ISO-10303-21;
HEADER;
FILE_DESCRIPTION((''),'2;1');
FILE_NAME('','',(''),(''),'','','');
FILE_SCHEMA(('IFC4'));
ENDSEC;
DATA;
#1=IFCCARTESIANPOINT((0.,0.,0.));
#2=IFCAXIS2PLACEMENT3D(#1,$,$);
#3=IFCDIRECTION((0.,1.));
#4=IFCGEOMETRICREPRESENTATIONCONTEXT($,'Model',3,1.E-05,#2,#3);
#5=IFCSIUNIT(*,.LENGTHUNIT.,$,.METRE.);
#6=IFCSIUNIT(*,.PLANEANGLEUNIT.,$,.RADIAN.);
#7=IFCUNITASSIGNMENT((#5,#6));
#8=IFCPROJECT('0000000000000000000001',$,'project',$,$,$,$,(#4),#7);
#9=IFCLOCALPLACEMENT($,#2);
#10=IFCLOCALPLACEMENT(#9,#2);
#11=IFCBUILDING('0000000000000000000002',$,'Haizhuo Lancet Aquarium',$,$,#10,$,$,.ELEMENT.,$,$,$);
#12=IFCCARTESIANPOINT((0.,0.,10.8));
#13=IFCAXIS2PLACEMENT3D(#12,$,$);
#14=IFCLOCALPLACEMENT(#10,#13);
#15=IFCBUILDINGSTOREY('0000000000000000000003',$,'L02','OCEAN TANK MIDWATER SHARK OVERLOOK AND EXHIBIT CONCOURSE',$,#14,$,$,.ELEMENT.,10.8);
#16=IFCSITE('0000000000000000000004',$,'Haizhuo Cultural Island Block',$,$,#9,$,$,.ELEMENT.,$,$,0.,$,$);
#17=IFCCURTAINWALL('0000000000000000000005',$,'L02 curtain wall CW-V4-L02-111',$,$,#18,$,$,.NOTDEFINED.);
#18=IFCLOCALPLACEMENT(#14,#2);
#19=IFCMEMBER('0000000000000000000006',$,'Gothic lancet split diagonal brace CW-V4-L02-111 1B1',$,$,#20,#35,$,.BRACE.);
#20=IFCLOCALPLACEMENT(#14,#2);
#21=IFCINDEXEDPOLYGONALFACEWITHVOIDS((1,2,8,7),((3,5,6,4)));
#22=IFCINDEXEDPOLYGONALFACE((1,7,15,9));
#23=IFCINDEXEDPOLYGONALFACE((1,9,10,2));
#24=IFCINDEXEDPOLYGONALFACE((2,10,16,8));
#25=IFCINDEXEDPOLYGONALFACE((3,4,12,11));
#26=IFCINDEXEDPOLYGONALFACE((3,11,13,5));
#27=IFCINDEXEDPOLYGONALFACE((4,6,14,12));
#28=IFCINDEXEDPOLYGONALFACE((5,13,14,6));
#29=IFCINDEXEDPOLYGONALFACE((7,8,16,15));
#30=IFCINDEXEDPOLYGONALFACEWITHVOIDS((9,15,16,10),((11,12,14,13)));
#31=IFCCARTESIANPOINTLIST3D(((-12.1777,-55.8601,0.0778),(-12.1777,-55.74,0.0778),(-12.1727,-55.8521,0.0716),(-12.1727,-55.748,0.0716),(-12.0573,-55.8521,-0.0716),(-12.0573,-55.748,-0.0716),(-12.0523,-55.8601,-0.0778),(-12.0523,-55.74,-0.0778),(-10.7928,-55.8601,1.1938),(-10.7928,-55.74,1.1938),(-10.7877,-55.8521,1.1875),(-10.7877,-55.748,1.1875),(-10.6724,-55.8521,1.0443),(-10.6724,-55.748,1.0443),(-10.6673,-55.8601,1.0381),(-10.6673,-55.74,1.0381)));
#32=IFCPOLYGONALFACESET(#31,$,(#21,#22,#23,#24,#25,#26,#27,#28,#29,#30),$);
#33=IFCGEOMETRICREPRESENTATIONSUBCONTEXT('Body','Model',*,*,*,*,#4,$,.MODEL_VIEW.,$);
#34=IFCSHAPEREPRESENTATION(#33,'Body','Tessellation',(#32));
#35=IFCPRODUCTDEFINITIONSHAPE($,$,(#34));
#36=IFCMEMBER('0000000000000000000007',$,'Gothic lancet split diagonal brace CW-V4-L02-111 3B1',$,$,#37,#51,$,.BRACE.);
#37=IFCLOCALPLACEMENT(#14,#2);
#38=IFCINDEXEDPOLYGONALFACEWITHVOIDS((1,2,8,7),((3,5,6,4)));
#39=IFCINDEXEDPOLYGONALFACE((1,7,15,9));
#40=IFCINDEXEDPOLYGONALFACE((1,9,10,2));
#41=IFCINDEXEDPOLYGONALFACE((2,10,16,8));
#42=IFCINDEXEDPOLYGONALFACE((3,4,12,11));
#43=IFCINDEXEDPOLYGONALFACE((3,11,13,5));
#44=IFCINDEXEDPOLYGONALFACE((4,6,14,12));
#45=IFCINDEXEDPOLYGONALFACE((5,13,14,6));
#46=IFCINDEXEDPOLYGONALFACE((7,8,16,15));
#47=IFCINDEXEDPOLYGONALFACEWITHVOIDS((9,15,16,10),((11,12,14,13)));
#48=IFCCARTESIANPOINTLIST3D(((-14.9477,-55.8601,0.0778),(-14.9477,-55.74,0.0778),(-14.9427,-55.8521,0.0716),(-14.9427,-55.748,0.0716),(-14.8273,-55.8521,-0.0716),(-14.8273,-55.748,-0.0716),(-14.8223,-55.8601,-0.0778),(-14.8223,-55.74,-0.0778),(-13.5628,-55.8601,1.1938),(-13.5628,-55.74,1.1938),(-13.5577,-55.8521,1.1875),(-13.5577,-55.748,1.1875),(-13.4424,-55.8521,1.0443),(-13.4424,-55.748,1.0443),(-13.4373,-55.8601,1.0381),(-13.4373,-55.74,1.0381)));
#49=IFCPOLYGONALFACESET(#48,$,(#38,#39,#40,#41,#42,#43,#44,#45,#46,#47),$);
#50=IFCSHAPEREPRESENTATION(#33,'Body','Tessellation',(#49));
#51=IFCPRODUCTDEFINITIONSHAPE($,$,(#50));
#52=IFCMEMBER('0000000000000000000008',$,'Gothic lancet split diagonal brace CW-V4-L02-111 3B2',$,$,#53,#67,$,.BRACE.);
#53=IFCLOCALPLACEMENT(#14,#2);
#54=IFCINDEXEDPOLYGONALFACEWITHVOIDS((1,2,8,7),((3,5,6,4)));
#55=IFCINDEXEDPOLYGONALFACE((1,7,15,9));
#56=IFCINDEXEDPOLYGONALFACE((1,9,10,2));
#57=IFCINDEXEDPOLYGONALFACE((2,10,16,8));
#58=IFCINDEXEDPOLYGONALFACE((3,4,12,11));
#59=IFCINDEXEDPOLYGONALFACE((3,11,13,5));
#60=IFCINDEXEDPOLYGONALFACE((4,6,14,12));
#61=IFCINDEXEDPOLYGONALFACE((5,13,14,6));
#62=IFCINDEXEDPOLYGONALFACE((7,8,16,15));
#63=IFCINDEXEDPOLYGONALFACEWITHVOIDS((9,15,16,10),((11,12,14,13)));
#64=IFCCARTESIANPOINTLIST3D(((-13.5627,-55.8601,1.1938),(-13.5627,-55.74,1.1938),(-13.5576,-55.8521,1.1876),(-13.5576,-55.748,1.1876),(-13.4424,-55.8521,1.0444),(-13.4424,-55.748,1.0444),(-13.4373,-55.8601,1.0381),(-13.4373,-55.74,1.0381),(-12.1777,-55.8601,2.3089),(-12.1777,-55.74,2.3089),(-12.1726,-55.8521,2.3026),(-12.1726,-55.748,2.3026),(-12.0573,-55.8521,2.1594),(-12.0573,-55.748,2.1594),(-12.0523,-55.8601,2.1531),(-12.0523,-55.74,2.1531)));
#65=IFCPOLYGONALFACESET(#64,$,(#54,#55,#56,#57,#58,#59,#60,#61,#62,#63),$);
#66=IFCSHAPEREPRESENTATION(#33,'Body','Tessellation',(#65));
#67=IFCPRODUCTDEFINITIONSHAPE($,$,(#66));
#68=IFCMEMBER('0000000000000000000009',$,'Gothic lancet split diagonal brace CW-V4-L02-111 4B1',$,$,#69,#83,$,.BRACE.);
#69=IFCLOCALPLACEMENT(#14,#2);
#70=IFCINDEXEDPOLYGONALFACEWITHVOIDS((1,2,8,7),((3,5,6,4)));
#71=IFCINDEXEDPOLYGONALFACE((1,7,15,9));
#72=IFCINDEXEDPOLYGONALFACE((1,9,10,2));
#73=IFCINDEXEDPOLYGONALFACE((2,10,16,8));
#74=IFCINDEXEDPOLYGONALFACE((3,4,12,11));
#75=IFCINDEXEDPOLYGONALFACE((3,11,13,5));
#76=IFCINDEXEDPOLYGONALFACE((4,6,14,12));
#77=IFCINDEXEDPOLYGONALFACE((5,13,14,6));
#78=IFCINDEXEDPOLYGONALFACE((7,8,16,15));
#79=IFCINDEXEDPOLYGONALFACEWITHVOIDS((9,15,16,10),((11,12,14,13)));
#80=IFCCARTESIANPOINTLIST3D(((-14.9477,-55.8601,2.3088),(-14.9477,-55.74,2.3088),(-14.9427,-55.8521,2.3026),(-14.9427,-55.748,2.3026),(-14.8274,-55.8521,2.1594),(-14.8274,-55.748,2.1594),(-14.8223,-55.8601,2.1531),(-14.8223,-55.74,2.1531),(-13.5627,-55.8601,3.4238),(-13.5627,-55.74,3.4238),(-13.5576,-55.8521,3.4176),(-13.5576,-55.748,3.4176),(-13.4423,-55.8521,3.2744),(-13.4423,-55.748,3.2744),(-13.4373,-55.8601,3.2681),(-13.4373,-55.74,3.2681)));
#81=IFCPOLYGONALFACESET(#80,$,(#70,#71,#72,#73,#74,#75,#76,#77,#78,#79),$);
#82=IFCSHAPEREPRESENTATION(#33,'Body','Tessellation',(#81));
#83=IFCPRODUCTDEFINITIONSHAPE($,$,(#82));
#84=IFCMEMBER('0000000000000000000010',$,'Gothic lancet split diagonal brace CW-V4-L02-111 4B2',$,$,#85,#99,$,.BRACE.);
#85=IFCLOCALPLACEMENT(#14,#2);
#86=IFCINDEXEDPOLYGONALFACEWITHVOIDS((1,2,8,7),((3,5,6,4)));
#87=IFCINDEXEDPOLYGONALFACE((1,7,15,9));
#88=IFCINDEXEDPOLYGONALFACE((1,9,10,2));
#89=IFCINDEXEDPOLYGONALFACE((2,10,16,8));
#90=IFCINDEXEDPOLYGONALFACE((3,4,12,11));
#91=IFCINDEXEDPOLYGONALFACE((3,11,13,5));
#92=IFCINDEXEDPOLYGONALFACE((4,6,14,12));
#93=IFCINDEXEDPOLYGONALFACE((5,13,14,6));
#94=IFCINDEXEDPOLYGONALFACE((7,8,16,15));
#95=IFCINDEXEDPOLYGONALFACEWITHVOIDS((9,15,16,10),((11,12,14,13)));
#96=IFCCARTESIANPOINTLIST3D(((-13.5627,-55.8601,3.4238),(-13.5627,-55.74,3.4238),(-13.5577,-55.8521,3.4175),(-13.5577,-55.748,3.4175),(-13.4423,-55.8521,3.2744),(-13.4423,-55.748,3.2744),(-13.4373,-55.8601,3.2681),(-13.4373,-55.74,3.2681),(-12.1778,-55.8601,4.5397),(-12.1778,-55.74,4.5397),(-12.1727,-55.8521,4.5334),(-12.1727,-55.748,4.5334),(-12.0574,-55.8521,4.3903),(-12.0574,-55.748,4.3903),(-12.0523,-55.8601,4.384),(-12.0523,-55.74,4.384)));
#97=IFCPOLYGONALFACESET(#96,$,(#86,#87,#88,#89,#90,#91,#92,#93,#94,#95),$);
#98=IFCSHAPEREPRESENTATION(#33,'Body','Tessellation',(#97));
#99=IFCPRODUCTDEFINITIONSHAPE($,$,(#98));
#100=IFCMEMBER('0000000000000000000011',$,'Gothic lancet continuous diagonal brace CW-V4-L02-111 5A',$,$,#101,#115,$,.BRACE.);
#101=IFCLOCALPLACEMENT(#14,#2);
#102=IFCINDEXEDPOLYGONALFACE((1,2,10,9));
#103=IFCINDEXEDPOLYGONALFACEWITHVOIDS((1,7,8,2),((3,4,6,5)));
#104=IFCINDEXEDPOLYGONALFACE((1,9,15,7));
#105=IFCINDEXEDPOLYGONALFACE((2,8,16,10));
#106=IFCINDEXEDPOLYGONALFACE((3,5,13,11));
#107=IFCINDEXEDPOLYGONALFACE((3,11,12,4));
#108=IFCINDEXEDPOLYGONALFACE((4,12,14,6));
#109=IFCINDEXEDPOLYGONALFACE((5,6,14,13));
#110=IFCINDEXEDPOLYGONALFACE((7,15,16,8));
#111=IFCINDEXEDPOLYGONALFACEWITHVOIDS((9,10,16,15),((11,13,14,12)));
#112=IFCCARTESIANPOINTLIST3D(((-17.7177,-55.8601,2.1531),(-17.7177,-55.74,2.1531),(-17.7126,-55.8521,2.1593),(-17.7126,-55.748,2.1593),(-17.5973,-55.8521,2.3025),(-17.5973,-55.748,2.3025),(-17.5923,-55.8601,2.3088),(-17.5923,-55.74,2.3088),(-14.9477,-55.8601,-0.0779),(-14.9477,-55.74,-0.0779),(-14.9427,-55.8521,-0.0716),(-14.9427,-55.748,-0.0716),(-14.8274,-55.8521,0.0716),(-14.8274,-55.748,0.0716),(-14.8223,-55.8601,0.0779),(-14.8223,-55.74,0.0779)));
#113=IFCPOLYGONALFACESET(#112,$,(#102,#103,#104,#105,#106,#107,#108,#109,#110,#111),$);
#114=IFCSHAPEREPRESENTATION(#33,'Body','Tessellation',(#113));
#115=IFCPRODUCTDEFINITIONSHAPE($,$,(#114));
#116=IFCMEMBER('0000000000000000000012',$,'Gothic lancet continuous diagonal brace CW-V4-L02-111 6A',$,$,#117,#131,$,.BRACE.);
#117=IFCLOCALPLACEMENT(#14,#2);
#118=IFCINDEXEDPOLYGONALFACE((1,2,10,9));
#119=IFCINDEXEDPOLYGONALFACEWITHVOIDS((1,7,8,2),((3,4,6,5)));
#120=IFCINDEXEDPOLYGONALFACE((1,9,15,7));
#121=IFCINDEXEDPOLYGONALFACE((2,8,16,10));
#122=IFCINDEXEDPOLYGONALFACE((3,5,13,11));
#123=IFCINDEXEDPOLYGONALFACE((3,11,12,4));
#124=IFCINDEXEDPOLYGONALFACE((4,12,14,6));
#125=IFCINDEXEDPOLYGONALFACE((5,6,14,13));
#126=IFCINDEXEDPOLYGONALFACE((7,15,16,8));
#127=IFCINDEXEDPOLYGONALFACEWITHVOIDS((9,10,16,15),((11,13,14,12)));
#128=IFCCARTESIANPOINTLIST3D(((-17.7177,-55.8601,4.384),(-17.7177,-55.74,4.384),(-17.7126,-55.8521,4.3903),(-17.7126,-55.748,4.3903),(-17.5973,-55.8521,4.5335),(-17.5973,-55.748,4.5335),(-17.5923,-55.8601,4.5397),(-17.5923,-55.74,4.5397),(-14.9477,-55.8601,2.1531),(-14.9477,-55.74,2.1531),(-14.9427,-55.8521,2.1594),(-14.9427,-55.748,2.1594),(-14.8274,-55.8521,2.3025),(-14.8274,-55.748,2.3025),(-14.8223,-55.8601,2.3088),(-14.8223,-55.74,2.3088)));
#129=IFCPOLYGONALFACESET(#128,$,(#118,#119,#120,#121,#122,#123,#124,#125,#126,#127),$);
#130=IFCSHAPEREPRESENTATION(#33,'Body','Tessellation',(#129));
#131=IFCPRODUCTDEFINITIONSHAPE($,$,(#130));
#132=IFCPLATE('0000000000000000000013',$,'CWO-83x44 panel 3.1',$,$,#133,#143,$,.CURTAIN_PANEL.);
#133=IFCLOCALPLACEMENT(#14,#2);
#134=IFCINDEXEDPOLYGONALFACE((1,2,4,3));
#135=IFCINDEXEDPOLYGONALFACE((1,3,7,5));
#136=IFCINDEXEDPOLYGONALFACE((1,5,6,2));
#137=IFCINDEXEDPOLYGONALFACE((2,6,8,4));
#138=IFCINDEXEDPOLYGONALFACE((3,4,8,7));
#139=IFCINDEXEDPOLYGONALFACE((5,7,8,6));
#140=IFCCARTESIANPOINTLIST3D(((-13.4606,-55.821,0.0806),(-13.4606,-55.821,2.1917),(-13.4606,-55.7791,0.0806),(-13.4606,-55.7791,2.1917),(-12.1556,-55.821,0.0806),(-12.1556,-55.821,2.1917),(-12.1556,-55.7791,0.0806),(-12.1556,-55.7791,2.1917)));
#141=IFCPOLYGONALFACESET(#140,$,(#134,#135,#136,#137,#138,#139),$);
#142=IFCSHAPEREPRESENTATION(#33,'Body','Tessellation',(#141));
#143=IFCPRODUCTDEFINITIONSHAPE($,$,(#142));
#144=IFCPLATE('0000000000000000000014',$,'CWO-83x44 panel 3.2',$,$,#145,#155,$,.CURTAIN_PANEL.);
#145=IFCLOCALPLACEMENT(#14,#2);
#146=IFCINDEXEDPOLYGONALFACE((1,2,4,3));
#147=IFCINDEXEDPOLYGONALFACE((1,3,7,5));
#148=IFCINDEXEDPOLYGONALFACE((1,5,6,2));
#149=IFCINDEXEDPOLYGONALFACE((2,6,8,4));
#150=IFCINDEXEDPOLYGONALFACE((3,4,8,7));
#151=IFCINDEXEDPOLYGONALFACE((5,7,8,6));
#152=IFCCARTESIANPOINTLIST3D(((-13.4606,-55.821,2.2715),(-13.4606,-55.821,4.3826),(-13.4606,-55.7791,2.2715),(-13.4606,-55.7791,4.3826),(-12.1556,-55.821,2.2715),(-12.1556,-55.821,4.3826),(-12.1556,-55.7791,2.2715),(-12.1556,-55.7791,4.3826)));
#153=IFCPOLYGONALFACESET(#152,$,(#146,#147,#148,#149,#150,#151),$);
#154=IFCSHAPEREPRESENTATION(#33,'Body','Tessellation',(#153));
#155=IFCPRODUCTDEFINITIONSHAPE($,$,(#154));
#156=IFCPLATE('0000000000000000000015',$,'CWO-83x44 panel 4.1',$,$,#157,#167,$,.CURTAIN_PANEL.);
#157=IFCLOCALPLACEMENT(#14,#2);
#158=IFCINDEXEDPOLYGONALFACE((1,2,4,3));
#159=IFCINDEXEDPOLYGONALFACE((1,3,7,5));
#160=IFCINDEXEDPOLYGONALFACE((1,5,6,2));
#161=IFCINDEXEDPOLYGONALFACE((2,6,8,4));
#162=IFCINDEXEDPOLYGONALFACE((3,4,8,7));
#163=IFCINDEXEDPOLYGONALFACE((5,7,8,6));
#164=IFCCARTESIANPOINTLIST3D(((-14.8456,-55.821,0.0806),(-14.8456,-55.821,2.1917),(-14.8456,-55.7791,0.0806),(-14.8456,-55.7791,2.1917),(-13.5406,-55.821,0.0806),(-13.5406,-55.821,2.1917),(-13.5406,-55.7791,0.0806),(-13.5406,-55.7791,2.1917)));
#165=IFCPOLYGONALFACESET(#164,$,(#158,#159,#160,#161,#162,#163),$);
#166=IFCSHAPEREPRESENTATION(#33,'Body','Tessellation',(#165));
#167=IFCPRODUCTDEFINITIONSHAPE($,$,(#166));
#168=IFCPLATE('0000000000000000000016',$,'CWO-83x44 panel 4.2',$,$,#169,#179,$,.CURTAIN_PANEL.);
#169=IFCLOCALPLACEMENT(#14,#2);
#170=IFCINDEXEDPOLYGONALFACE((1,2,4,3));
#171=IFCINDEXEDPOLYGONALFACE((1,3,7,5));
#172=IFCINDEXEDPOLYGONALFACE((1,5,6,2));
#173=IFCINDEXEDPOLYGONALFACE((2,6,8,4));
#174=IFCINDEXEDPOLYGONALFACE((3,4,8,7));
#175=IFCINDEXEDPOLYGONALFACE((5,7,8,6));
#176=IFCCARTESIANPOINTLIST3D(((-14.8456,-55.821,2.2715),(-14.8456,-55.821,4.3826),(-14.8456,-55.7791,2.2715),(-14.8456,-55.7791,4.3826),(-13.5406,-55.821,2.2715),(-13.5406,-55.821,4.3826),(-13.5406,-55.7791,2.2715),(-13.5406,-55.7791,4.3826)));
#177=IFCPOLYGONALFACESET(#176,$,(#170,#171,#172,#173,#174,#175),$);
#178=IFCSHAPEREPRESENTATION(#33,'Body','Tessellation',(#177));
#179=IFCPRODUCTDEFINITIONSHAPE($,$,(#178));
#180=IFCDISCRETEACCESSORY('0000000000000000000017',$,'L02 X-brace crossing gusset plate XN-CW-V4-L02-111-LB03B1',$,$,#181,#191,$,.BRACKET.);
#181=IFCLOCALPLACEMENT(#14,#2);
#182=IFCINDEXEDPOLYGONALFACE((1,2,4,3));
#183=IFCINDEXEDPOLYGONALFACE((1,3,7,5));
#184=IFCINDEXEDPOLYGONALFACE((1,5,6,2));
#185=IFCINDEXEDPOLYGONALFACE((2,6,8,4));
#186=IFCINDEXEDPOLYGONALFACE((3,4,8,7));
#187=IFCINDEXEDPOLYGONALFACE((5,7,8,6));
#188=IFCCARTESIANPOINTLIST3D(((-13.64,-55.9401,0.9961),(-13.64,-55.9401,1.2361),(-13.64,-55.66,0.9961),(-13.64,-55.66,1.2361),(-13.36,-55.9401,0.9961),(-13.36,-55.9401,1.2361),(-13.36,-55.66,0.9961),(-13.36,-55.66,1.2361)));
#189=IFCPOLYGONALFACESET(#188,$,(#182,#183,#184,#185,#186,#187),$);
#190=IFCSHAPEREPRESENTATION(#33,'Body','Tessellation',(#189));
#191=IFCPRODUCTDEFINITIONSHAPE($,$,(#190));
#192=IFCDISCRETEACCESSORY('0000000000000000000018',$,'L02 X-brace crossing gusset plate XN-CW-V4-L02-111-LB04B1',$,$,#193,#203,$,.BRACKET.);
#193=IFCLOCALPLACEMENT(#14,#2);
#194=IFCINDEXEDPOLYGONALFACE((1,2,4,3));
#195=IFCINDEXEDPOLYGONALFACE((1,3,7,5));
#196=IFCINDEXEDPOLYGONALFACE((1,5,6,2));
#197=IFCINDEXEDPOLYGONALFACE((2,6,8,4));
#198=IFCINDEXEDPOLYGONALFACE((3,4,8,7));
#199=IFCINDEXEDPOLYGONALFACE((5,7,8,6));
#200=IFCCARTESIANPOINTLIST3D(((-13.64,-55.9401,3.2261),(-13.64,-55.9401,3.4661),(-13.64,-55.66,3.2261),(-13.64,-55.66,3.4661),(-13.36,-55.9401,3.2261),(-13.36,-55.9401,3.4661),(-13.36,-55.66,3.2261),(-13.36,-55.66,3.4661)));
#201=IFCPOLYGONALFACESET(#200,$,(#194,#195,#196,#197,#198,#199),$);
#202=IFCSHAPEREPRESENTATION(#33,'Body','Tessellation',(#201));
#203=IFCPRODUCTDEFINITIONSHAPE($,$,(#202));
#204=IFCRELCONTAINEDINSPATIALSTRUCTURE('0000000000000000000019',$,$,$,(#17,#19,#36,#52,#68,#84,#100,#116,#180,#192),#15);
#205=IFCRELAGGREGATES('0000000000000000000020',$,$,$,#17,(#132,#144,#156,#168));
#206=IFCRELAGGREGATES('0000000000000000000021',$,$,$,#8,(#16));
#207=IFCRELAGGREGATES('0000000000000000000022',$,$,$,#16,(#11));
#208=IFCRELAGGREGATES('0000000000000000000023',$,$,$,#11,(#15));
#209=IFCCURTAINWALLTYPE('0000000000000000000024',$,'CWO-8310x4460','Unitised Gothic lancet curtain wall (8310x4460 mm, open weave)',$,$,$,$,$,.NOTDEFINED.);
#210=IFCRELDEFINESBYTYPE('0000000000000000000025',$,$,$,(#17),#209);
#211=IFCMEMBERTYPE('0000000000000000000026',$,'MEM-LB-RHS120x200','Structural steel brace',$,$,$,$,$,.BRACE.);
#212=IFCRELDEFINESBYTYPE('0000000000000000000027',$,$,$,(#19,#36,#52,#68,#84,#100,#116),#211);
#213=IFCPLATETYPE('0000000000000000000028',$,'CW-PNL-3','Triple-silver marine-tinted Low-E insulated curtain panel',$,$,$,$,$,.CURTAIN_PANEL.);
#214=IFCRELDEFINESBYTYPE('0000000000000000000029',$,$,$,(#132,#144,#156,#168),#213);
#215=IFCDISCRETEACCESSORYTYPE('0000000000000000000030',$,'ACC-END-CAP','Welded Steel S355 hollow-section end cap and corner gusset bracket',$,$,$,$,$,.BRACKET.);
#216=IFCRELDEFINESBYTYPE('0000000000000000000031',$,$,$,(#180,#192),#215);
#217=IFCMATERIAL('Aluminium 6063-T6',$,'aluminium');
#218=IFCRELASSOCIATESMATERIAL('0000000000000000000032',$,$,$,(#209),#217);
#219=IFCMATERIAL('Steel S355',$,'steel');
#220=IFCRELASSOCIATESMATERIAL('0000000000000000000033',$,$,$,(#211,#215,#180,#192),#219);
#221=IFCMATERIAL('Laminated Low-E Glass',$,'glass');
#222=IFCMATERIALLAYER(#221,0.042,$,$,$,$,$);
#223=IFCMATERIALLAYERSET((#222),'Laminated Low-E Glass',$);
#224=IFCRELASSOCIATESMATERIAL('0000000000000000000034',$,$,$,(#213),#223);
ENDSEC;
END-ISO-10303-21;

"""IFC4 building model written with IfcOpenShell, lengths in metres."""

from ifc_helpers import new_model, si_unit, direction, frame, origin, origin_2d, place, context, subcontext, project, spatial, rectangle, hollow_rectangle, extrude, material, layer, layer_set, material_profile, profile_set, type_object, element, aggregate, save


model = new_model("IFC4")

# Units and contexts
model_context = context("Model", 3, precision=1e-05, world=origin(), true_north=direction((0.0, 1.0)))
body_context = subcontext(model_context, "Body", "Model", "MODEL_VIEW")
ifc_project = project(units=[si_unit("LENGTHUNIT", "METRE"), si_unit("PLANEANGLEUNIT", "RADIAN")], contexts=[model_context])

# Site, building, storey
site_placement = place(None, origin())
site = spatial("IfcSite", under=ifc_project, at=site_placement, Name="Haizhuo Cultural Island Block", CompositionType="ELEMENT", RefElevation=0.0)
building_placement = place(site_placement, origin())
building = spatial("IfcBuilding", under=site, at=building_placement, Name="Haizhuo Lancet Aquarium", CompositionType="ELEMENT")
storey_placement = place(building_placement, frame((0.0, 0.0, 10.8)))
storey = spatial("IfcBuildingStorey", under=building, at=storey_placement, Name="L02", Description="OCEAN TANK MIDWATER SHARK OVERLOOK AND EXHIBIT CONCOURSE", CompositionType="ELEMENT", Elevation=10.8)

# Curtain wall
ifc_material_1 = material(Name="Aluminium 6063-T6", Category="aluminium")
curtain_wall_type = type_object("IfcCurtainWallType", Name="CWO-8310x4460", Description="Unitised Gothic lancet curtain wall (8310x4460 mm, open weave)", PredefinedType="NOTDEFINED", material=ifc_material_1)
curtain_wall_placement = place(storey_placement, origin())
curtain_wall = element("IfcCurtainWall", 1, at=curtain_wall_placement, inside=storey, type_object=curtain_wall_type, Name="L02 curtain wall CW-V4-L02-111", PredefinedType="NOTDEFINED")

# Members
ifc_material_2 = material(Name="Steel S355", Category="steel")
ifc_material_profile_1 = material_profile(ifc_material_2, hollow_rectangle(XDim=0.1201, YDim=0.2, WallThickness=0.0081, at=origin_2d()), Name="RHS 120x200x8")
ifc_profile_set_1 = profile_set([ifc_material_profile_1], Name="Steel S355")
member_type_1 = type_object("IfcMemberType", Name="MEM-LB-RHS120x200", Description="Structural steel brace", PredefinedType="BRACE", material=ifc_profile_set_1)
for number, where, z_axis, x_axis, name in (
    (2, (-12.115, -55.8, 0.0), (0.778681, 0.0, 0.62742), (0.0, 1.0, 0.0), "Gothic lancet split diagonal brace CW-V4-L02-111 1B1"),
    (3, (-14.885, -55.8, 0.0), (0.778681, 0.0, 0.62742), (0.0, 1.0, 0.0), "Gothic lancet split diagonal brace CW-V4-L02-111 3B1"),
):
    element("IfcMember", number, at=place(storey_placement, frame(where, z_axis=z_axis, x_axis=x_axis)), inside=storey, type_object=member_type_1, Name=name, PredefinedType="BRACE", context=body_context, shape_type="SweptSolid", body=[
        extrude(hollow_rectangle(XDim=0.1201, YDim=0.2, WallThickness=0.0081, at=origin_2d()), origin(), (0.0, 0.0, 1.0), 1.7786),
    ])
for number, where, z_axis, x_axis, name in (
    (4, (-13.5, -55.8, 1.116), (0.77895, 0.0, 0.627087), (0.0, 1.0, 0.0), "Gothic lancet split diagonal brace CW-V4-L02-111 3B2"),
    (5, (-14.885, -55.8, 2.231), (0.77895, 0.0, 0.627087), (0.0, 1.0, 0.0), "Gothic lancet split diagonal brace CW-V4-L02-111 4B1"),
):
    element("IfcMember", number, at=place(storey_placement, frame(where, z_axis=z_axis, x_axis=x_axis)), inside=storey, type_object=member_type_1, Name=name, PredefinedType="BRACE", context=body_context, shape_type="SweptSolid", body=[
        extrude(hollow_rectangle(XDim=0.1201, YDim=0.2, WallThickness=0.0081, at=origin_2d()), origin(), (0.0, 0.0, 1.0), 1.7781),
    ])
member_1_placement = place(storey_placement, frame((-13.5, -55.8, 3.3459), z_axis=(0.778681, 0.0, 0.62742), x_axis=(0.0, 1.0, 0.0)))
element("IfcMember", 6, at=member_1_placement, inside=storey, type_object=member_type_1, Name="Gothic lancet split diagonal brace CW-V4-L02-111 4B2", PredefinedType="BRACE", context=body_context, shape_type="SweptSolid", body=[
    extrude(hollow_rectangle(XDim=0.1201, YDim=0.2, WallThickness=0.0081, at=origin_2d()), origin(), (0.0, 0.0, 1.0), 1.7786),
])
for number, where, z_axis, x_axis, name in (
    (7, (-14.885, -55.8, 0.0), (-0.778815, 0.0, 0.627253), (0.0, -1.0, 0.0), "Gothic lancet continuous diagonal brace CW-V4-L02-111 5A"),
    (8, (-14.885, -55.8, 2.231), (-0.778815, 0.0, 0.627253), (0.0, -1.0, 0.0), "Gothic lancet continuous diagonal brace CW-V4-L02-111 6A"),
):
    element("IfcMember", number, at=place(storey_placement, frame(where, z_axis=z_axis, x_axis=x_axis)), inside=storey, type_object=member_type_1, Name=name, PredefinedType="BRACE", context=body_context, shape_type="SweptSolid", body=[
        extrude(hollow_rectangle(XDim=0.1201, YDim=0.2, WallThickness=0.0081, at=origin_2d()), origin(), (0.0, 0.0, 1.0), 3.5566),
    ])

# Plates
ifc_material_3 = material(Name="Laminated Low-E Glass", Category="glass")
ifc_layer = layer(ifc_material_3, 0.042)
ifc_layer_set = layer_set([ifc_layer], Name="Laminated Low-E Glass")
plate_type = type_object("IfcPlateType", Name="CW-PNL-3", Description="Triple-silver marine-tinted Low-E insulated curtain panel", PredefinedType="CURTAIN_PANEL", material=ifc_layer_set)
plate_1_placement = place(storey_placement, frame((-12.8081, -55.8, 0.0806), z_axis=(0.0, 0.0, 1.0), x_axis=(-1.0, 0.0, 0.0)))
plate_1 = element("IfcPlate", 9, at=plate_1_placement, type_object=plate_type, Name="CWO-83x44 panel 3.1", PredefinedType="CURTAIN_PANEL", context=body_context, shape_type="SweptSolid", body=[
    extrude(rectangle(XDim=1.3049, YDim=0.042, at=origin_2d()), origin(), (0.0, 0.0, 1.0), 2.1111),
])
plate_2_placement = place(storey_placement, frame((-12.8081, -55.8, 2.2715), z_axis=(0.0, 0.0, 1.0), x_axis=(-1.0, 0.0, 0.0)))
plate_2 = element("IfcPlate", 10, at=plate_2_placement, type_object=plate_type, Name="CWO-83x44 panel 3.2", PredefinedType="CURTAIN_PANEL", context=body_context, shape_type="SweptSolid", body=[
    extrude(rectangle(XDim=1.3049, YDim=0.042, at=origin_2d()), origin(), (0.0, 0.0, 1.0), 2.1111),
])
plate_3_placement = place(storey_placement, frame((-14.1931, -55.8, 0.0806), z_axis=(0.0, 0.0, 1.0), x_axis=(-1.0, 0.0, 0.0)))
plate_3 = element("IfcPlate", 11, at=plate_3_placement, type_object=plate_type, Name="CWO-83x44 panel 4.1", PredefinedType="CURTAIN_PANEL", context=body_context, shape_type="SweptSolid", body=[
    extrude(rectangle(XDim=1.3049, YDim=0.042, at=origin_2d()), origin(), (0.0, 0.0, 1.0), 2.1111),
])
plate_4_placement = place(storey_placement, frame((-14.1931, -55.8, 2.2715), z_axis=(0.0, 0.0, 1.0), x_axis=(-1.0, 0.0, 0.0)))
plate_4 = element("IfcPlate", 12, at=plate_4_placement, type_object=plate_type, Name="CWO-83x44 panel 4.2", PredefinedType="CURTAIN_PANEL", context=body_context, shape_type="SweptSolid", body=[
    extrude(rectangle(XDim=1.3049, YDim=0.042, at=origin_2d()), origin(), (0.0, 0.0, 1.0), 2.1111),
])
aggregate(curtain_wall, [plate_1, plate_2, plate_3, plate_4])

# Discrete accessories
discrete_accessory_type = type_object("IfcDiscreteAccessoryType", Name="ACC-END-CAP", Description="Welded Steel S355 hollow-section end cap and corner gusset bracket", PredefinedType="BRACKET", material=ifc_material_2)
for number, where, z_axis, x_axis, name in (
    (13, (-13.5, -55.8, 0.9961), (0.0, 0.0, 1.0), (1.0, 0.0, 0.0), "L02 X-brace crossing gusset plate XN-CW-V4-L02-111-LB03B1"),
    (14, (-13.5, -55.8, 3.2261), (0.0, 0.0, 1.0), (1.0, 0.0, 0.0), "L02 X-brace crossing gusset plate XN-CW-V4-L02-111-LB04B1"),
):
    element("IfcDiscreteAccessory", number, at=place(storey_placement, frame(where, z_axis=z_axis, x_axis=x_axis)), inside=storey, type_object=discrete_accessory_type, material=ifc_material_2, Name=name, PredefinedType="BRACKET", context=body_context, shape_type="SweptSolid", body=[
        extrude(rectangle(XDim=0.28, YDim=0.28, at=origin_2d()), origin(), (0.0, 0.0, 1.0), 0.24),
    ])

save(model, "model.ifc")
